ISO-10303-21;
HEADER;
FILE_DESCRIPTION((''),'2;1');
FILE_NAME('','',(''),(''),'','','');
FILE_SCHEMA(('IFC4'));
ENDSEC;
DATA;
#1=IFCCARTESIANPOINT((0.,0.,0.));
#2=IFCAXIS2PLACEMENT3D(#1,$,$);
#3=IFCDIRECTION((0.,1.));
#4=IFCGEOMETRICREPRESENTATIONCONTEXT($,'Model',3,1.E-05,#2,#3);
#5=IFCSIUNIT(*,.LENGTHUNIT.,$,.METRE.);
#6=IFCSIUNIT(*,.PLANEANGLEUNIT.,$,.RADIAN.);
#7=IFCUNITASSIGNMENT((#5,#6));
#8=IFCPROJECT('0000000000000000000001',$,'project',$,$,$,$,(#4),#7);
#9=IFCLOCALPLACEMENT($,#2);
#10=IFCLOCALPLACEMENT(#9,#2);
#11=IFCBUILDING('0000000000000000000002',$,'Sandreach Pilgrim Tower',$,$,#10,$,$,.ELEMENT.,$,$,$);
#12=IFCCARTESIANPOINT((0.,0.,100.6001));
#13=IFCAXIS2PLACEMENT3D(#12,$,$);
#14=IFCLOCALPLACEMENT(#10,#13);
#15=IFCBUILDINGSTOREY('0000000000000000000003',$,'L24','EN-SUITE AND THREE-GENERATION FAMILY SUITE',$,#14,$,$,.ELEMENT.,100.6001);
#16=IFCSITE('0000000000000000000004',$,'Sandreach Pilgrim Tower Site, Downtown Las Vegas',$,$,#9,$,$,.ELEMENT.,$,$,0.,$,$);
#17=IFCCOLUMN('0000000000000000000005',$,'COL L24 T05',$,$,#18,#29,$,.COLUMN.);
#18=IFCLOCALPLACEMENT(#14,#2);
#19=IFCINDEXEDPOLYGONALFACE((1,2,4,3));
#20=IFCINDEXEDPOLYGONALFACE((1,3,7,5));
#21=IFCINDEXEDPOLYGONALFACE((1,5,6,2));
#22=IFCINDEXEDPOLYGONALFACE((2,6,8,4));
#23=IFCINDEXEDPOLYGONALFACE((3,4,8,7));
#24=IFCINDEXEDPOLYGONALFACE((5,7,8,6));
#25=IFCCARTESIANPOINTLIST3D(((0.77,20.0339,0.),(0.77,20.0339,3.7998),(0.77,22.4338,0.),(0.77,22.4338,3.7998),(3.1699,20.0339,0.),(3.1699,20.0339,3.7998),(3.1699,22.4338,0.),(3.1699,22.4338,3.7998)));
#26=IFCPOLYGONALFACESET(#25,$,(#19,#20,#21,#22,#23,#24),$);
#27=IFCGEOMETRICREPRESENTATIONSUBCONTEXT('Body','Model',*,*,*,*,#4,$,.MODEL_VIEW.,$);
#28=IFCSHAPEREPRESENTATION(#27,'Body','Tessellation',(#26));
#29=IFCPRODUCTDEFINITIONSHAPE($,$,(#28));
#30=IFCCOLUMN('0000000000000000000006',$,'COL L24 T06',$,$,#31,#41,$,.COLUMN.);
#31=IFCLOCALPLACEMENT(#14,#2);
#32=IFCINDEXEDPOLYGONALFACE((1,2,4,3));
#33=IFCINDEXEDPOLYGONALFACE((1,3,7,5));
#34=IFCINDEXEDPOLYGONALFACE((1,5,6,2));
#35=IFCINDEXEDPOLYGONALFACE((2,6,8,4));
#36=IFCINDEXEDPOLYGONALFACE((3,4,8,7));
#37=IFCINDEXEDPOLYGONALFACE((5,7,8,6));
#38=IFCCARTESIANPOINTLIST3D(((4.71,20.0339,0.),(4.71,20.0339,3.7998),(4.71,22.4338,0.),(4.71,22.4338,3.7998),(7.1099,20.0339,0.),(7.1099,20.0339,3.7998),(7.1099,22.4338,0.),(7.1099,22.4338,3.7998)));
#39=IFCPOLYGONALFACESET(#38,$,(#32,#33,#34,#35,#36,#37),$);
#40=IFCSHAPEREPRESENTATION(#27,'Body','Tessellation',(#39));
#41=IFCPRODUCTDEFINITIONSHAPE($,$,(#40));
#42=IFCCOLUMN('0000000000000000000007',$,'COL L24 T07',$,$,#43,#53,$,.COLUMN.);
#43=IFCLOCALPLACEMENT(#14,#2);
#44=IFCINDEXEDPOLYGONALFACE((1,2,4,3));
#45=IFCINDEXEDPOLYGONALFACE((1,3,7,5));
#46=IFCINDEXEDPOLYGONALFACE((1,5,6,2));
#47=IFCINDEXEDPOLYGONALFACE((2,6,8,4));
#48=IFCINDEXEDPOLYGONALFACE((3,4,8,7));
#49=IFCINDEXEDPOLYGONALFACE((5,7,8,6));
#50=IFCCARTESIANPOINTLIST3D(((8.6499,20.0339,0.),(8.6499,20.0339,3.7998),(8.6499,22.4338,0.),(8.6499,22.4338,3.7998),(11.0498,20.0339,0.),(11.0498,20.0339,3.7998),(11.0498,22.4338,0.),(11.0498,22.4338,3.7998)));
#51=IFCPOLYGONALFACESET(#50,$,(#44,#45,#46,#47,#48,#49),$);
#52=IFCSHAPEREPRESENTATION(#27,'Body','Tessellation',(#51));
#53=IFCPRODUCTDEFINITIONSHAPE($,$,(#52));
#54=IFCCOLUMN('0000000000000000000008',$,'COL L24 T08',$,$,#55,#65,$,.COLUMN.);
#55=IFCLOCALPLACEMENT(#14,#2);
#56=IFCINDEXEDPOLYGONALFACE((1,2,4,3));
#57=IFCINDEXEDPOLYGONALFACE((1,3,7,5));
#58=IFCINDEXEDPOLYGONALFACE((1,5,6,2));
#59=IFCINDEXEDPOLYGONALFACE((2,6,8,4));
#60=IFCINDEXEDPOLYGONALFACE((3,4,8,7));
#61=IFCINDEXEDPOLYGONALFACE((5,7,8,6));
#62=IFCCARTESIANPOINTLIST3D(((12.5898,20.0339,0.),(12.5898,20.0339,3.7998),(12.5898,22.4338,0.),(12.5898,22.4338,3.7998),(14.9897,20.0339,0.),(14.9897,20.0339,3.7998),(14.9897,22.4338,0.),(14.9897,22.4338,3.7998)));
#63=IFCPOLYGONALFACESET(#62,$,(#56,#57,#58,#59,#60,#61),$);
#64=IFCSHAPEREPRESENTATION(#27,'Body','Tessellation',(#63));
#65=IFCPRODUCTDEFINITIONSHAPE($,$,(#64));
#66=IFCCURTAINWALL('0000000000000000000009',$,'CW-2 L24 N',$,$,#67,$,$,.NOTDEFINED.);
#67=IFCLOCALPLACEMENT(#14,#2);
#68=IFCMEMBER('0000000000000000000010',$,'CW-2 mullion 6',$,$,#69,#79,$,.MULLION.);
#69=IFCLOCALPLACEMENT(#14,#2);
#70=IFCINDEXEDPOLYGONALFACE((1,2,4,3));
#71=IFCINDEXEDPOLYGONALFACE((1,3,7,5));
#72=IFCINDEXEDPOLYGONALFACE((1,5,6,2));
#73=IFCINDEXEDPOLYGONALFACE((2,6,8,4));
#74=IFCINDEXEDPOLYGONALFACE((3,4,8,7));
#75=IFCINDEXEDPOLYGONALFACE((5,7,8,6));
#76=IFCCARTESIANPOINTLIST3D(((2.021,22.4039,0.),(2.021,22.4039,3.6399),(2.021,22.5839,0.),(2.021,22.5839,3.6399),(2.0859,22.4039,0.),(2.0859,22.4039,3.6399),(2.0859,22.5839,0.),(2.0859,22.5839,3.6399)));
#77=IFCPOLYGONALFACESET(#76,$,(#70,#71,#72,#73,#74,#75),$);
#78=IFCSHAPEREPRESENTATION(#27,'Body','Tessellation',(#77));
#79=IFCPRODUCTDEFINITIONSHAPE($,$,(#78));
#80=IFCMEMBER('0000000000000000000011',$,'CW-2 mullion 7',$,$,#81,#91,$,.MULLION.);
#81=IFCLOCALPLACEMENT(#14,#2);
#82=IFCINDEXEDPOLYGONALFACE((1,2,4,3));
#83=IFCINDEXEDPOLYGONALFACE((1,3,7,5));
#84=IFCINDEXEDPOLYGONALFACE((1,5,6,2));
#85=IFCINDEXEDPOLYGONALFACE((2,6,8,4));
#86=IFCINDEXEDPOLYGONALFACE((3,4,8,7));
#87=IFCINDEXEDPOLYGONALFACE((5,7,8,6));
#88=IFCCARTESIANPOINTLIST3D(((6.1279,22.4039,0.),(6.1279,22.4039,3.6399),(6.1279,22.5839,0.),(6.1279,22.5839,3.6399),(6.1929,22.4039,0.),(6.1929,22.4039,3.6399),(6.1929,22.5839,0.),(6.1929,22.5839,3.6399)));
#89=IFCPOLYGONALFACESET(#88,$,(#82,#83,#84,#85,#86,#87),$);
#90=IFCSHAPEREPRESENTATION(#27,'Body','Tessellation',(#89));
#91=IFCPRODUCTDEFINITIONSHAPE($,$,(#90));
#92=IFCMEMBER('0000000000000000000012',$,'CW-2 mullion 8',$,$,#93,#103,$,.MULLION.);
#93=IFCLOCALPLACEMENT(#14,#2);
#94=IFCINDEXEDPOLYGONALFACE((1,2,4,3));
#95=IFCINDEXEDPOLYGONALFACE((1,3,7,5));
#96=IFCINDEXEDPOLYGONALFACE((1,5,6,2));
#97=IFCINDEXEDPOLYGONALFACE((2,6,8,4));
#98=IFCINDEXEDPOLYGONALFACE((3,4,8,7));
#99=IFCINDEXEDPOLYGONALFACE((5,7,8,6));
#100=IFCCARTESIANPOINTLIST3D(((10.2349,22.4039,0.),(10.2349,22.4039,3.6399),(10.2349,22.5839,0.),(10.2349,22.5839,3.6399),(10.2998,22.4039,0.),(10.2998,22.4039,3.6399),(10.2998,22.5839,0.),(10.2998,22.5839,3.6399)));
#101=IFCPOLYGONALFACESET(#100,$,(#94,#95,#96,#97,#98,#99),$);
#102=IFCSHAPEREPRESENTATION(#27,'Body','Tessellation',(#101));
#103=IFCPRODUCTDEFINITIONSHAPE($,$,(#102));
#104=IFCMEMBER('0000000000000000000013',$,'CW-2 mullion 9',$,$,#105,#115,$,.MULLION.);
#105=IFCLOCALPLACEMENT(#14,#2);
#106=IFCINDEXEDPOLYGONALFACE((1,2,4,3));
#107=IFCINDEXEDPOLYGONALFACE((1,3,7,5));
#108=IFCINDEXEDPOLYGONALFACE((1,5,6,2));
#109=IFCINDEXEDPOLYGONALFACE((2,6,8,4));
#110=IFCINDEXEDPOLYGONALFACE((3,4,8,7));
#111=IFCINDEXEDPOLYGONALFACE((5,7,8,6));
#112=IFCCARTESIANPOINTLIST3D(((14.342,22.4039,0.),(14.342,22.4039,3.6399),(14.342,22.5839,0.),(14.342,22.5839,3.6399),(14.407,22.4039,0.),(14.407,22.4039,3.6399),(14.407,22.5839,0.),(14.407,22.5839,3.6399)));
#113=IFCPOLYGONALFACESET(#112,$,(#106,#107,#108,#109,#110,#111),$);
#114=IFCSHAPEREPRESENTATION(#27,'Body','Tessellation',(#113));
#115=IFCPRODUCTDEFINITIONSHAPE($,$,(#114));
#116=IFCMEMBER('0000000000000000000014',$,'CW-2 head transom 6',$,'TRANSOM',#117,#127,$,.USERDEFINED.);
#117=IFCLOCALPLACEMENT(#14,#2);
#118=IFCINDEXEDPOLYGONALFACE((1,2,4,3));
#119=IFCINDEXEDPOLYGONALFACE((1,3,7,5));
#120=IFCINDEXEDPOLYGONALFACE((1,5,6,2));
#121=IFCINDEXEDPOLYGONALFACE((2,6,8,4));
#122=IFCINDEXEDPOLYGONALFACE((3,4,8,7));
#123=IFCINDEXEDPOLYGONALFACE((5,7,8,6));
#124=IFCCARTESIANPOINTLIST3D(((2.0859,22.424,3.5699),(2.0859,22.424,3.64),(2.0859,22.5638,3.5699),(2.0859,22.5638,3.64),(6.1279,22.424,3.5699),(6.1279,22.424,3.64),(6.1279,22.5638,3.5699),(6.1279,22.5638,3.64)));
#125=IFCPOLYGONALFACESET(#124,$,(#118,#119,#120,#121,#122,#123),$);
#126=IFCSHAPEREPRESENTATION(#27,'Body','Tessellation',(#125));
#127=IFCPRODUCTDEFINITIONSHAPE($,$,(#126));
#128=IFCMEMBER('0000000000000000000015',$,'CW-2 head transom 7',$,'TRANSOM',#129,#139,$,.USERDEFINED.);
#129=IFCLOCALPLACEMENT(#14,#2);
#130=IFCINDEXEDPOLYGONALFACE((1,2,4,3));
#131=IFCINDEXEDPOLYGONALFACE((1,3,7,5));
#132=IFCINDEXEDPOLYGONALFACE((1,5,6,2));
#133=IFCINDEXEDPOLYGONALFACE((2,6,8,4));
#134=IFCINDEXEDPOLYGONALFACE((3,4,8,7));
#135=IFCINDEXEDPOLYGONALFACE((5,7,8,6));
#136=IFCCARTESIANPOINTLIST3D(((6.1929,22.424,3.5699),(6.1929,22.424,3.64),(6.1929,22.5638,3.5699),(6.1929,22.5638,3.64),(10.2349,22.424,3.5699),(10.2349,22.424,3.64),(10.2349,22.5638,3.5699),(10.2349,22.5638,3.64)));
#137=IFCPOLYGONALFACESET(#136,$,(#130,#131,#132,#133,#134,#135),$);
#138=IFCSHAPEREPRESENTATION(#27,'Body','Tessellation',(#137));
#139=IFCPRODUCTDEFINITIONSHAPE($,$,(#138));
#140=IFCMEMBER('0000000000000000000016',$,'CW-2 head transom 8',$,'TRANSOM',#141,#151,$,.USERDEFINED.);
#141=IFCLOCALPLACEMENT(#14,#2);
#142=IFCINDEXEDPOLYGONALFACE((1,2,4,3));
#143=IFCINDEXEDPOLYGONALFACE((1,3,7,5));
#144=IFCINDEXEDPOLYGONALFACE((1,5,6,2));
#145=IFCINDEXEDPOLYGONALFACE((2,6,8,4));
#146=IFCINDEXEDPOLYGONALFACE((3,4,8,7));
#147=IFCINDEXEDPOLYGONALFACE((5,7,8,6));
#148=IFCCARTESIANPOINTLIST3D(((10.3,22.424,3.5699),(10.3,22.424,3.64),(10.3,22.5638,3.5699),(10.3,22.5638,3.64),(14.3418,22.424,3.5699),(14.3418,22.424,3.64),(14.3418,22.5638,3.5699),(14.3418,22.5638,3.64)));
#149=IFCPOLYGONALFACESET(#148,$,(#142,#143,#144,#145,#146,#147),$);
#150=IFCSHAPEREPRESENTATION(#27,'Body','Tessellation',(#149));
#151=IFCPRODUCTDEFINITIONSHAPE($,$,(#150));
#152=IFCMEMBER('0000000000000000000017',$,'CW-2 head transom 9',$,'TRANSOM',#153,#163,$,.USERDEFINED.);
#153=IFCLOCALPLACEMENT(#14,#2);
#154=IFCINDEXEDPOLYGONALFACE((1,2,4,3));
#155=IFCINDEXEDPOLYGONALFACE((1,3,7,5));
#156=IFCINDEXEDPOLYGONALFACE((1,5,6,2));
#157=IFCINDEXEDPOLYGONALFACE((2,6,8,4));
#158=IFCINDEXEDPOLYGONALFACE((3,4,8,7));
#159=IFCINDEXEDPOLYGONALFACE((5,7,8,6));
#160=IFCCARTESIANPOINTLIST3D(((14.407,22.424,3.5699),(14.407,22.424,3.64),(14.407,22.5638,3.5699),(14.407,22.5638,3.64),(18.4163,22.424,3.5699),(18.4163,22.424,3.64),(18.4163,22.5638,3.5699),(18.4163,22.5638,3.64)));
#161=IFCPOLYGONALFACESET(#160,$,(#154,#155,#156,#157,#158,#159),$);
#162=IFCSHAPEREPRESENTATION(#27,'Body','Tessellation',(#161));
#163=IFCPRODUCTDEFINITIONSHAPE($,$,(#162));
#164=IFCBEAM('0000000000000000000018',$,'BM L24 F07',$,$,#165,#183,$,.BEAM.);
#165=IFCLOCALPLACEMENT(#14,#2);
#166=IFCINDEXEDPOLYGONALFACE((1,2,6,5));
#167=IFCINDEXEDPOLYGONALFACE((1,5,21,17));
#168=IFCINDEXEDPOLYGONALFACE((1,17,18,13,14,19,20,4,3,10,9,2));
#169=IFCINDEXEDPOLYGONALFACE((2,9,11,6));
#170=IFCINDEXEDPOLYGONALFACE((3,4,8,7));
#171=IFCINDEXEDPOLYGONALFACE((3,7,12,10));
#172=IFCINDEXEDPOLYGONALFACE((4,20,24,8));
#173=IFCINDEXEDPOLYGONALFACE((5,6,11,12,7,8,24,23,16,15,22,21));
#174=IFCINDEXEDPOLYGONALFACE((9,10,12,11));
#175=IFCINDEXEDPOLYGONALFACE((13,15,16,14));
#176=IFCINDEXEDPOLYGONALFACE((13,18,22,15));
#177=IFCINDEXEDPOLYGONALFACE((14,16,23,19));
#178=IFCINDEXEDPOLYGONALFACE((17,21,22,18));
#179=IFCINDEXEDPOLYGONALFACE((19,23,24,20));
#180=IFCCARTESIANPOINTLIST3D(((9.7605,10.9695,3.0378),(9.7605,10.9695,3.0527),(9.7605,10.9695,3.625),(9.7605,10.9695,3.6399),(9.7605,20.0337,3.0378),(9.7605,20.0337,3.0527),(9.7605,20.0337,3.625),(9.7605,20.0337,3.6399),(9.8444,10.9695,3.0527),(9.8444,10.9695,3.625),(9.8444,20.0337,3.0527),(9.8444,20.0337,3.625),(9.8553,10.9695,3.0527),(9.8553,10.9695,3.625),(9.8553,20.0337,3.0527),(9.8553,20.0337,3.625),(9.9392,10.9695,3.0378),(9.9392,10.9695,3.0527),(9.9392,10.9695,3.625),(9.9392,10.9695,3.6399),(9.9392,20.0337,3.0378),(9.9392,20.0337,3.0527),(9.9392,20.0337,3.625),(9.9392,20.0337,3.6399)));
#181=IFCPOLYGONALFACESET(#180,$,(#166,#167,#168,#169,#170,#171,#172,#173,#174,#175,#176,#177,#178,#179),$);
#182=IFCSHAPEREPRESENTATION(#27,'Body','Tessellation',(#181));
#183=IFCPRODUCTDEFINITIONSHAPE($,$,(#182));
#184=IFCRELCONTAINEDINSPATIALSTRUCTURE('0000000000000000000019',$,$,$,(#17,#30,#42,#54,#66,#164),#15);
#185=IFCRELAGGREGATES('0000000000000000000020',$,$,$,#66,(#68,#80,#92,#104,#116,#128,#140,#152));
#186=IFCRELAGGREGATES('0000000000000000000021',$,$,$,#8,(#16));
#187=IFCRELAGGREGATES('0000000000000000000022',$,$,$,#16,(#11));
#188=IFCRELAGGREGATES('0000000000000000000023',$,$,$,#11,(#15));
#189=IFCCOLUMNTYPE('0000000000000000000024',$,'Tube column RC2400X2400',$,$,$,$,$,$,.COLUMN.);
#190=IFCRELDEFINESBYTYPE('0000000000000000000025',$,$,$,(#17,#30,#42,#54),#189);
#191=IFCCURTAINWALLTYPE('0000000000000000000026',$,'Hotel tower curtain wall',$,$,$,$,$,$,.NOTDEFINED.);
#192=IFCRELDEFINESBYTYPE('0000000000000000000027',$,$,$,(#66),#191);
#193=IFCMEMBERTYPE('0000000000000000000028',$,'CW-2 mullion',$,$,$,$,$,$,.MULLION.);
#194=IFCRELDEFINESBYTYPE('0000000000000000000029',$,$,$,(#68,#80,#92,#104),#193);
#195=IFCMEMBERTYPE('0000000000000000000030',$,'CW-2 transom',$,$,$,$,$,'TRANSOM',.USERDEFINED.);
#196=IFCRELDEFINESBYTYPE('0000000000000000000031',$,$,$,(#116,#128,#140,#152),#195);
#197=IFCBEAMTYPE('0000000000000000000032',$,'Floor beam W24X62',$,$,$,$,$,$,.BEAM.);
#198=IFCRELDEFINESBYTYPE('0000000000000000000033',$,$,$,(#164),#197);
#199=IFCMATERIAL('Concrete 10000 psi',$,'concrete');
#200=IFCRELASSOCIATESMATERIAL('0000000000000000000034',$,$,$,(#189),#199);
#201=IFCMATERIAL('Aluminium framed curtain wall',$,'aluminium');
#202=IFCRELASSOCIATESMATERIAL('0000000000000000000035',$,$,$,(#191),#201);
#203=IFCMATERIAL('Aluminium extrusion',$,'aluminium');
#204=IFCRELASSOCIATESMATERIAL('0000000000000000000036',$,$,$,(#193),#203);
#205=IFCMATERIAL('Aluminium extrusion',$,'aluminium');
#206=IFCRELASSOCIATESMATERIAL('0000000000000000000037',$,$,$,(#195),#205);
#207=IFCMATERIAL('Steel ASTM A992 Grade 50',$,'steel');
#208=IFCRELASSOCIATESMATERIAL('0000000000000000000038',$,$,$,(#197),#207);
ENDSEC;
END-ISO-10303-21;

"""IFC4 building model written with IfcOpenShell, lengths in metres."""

from ifc_helpers import new_model, si_unit, direction, frame, origin, origin_2d, place, context, subcontext, project, spatial, rectangle, i_section, extrude, material, material_profile, profile_set, type_object, element, aggregate, save


model = new_model("IFC4")

# Units and contexts
model_context = context("Model", 3, precision=1e-05, world=origin(), true_north=direction((0.0, 1.0)))
body_context = subcontext(model_context, "Body", "Model", "MODEL_VIEW")
ifc_project = project(units=[si_unit("LENGTHUNIT", "METRE"), si_unit("PLANEANGLEUNIT", "RADIAN")], contexts=[model_context])

# Site, building, storey
site_placement = place(None, origin())
site = spatial("IfcSite", under=ifc_project, at=site_placement, Name="Sandreach Pilgrim Tower Site, Downtown Las Vegas", CompositionType="ELEMENT", RefElevation=0.0)
building_placement = place(site_placement, origin())
building = spatial("IfcBuilding", under=site, at=building_placement, Name="Sandreach Pilgrim Tower", CompositionType="ELEMENT")
storey_placement = place(building_placement, frame((0.0, 0.0, 100.6001)))
storey = spatial("IfcBuildingStorey", under=building, at=storey_placement, Name="L24", Description="EN-SUITE AND THREE-GENERATION FAMILY SUITE", CompositionType="ELEMENT", Elevation=100.6001)

# Columns
ifc_material_1 = material(Name="Concrete 10000 psi", Category="concrete")
ifc_material_profile_1 = material_profile(ifc_material_1, rectangle(XDim=2.3999, YDim=2.3999, at=origin_2d()), Name="RC2400X2400")
ifc_profile_set_1 = profile_set([ifc_material_profile_1], Name="Concrete 10000 psi")
column_type = type_object("IfcColumnType", Name="Tube column RC2400X2400", PredefinedType="COLUMN", material=ifc_profile_set_1)
for number, where, z_axis, x_axis, name in (
    (1, (1.97, 21.2339, 0.0), (0.0, 0.0, 1.0), (0.0, 1.0, 0.0), "COL L24 T05"),
    (2, (5.9099, 21.2339, 0.0), (0.0, 0.0, 1.0), (0.0, 1.0, 0.0), "COL L24 T06"),
    (3, (9.8499, 21.2339, 0.0), (0.0, 0.0, 1.0), (0.0, 1.0, 0.0), "COL L24 T07"),
    (4, (13.7898, 21.2339, 0.0), (0.0, 0.0, 1.0), (0.0, 1.0, 0.0), "COL L24 T08"),
):
    element("IfcColumn", number, at=place(storey_placement, frame(where, z_axis=z_axis, x_axis=x_axis)), inside=storey, type_object=column_type, Name=name, PredefinedType="COLUMN", context=body_context, shape_type="SweptSolid", body=[
        extrude(rectangle(XDim=2.3999, YDim=2.3999, at=origin_2d()), origin(), (0.0, 0.0, 1.0), 3.7998),
    ])

# Curtain wall, members
ifc_material_2 = material(Name="Aluminium framed curtain wall", Category="aluminium")
curtain_wall_type = type_object("IfcCurtainWallType", Name="Hotel tower curtain wall", PredefinedType="NOTDEFINED", material=ifc_material_2)
curtain_wall_placement = place(storey_placement, origin())
curtain_wall = element("IfcCurtainWall", 5, at=curtain_wall_placement, inside=storey, type_object=curtain_wall_type, Name="CW-2 L24 N", PredefinedType="NOTDEFINED")
ifc_material_3 = material(Name="Aluminium extrusion", Category="aluminium")
ifc_material_profile_2 = material_profile(ifc_material_3, rectangle(XDim=0.0649, YDim=0.1799, at=origin_2d()), Name="CW-2M 65X180")
ifc_profile_set_2 = profile_set([ifc_material_profile_2], Name="Aluminium extrusion")
member_type_1 = type_object("IfcMemberType", Name="CW-2 mullion", PredefinedType="MULLION", material=ifc_profile_set_2)
member_1_placement = place(storey_placement, frame((2.0535, 22.4939, 0.0), z_axis=(0.0, 0.0, 1.0), x_axis=(1.0, 0.0, 0.0)))
member_1 = element("IfcMember", 6, at=member_1_placement, type_object=member_type_1, Name="CW-2 mullion 6", PredefinedType="MULLION", context=body_context, shape_type="SweptSolid", body=[
    extrude(rectangle(XDim=0.0649, YDim=0.1799, at=origin_2d()), origin(), (0.0, 0.0, 1.0), 3.6399),
])
member_2_placement = place(storey_placement, frame((6.1604, 22.4939, 0.0), z_axis=(0.0, 0.0, 1.0), x_axis=(1.0, 0.0, 0.0)))
member_2 = element("IfcMember", 7, at=member_2_placement, type_object=member_type_1, Name="CW-2 mullion 7", PredefinedType="MULLION", context=body_context, shape_type="SweptSolid", body=[
    extrude(rectangle(XDim=0.0649, YDim=0.1799, at=origin_2d()), origin(), (0.0, 0.0, 1.0), 3.6399),
])
member_3_placement = place(storey_placement, frame((10.2673, 22.4939, 0.0), z_axis=(0.0, 0.0, 1.0), x_axis=(1.0, 0.0, 0.0)))
member_3 = element("IfcMember", 8, at=member_3_placement, type_object=member_type_1, Name="CW-2 mullion 8", PredefinedType="MULLION", context=body_context, shape_type="SweptSolid", body=[
    extrude(rectangle(XDim=0.0649, YDim=0.1799, at=origin_2d()), origin(), (0.0, 0.0, 1.0), 3.6399),
])
member_4_placement = place(storey_placement, frame((14.3745, 22.4939, 0.0), z_axis=(0.0, 0.0, 1.0), x_axis=(1.0, 0.0, 0.0)))
member_4 = element("IfcMember", 9, at=member_4_placement, type_object=member_type_1, Name="CW-2 mullion 9", PredefinedType="MULLION", context=body_context, shape_type="SweptSolid", body=[
    extrude(rectangle(XDim=0.0649, YDim=0.1799, at=origin_2d()), origin(), (0.0, 0.0, 1.0), 3.6399),
])
ifc_material_4 = material(Name="Aluminium extrusion", Category="aluminium")
ifc_material_profile_3 = material_profile(ifc_material_4, rectangle(XDim=0.1399, YDim=0.0701, at=origin_2d()), Name="CW-2T 140X70")
ifc_profile_set_3 = profile_set([ifc_material_profile_3], Name="Aluminium extrusion")
member_type_2 = type_object("IfcMemberType", Name="CW-2 transom", ElementType="TRANSOM", PredefinedType="USERDEFINED", material=ifc_profile_set_3)
member_5_placement = place(storey_placement, frame((2.0859, 22.4939, 3.605), z_axis=(1.0, 0.0, 0.0), x_axis=(0.0, 1.0, 0.0)))
member_5 = element("IfcMember", 10, at=member_5_placement, type_object=member_type_2, Name="CW-2 head transom 6", ObjectType="TRANSOM", PredefinedType="USERDEFINED", context=body_context, shape_type="SweptSolid", body=[
    extrude(rectangle(XDim=0.1399, YDim=0.0701, at=origin_2d()), origin(), (0.0, 0.0, 1.0), 4.042),
])
member_6_placement = place(storey_placement, frame((6.1929, 22.4939, 3.605), z_axis=(1.0, 0.0, 0.0), x_axis=(0.0, 1.0, 0.0)))
member_6 = element("IfcMember", 11, at=member_6_placement, type_object=member_type_2, Name="CW-2 head transom 7", ObjectType="TRANSOM", PredefinedType="USERDEFINED", context=body_context, shape_type="SweptSolid", body=[
    extrude(rectangle(XDim=0.1399, YDim=0.0701, at=origin_2d()), origin(), (0.0, 0.0, 1.0), 4.042),
])
member_7_placement = place(storey_placement, frame((10.3, 22.4939, 3.605), z_axis=(1.0, 0.0, 0.0), x_axis=(0.0, 1.0, 0.0)))
member_7 = element("IfcMember", 12, at=member_7_placement, type_object=member_type_2, Name="CW-2 head transom 8", ObjectType="TRANSOM", PredefinedType="USERDEFINED", context=body_context, shape_type="SweptSolid", body=[
    extrude(rectangle(XDim=0.1399, YDim=0.0701, at=origin_2d()), origin(), (0.0, 0.0, 1.0), 4.0417),
])
member_8_placement = place(storey_placement, frame((14.407, 22.4939, 3.605), z_axis=(1.0, 0.0, 0.0), x_axis=(0.0, 1.0, 0.0)))
member_8 = element("IfcMember", 13, at=member_8_placement, type_object=member_type_2, Name="CW-2 head transom 9", ObjectType="TRANSOM", PredefinedType="USERDEFINED", context=body_context, shape_type="SweptSolid", body=[
    extrude(rectangle(XDim=0.1399, YDim=0.0701, at=origin_2d()), origin(), (0.0, 0.0, 1.0), 4.0093),
])

# Beam
ifc_material_5 = material(Name="Steel ASTM A992 Grade 50", Category="steel")
ifc_material_profile_4 = material_profile(ifc_material_5, i_section(OverallWidth=0.1787, OverallDepth=0.6021, WebThickness=0.011, FlangeThickness=0.0149, at=origin_2d()), Name="W24X62")
ifc_profile_set_4 = profile_set([ifc_material_profile_4], Name="Steel ASTM A992 Grade 50")
beam_type_1 = type_object("IfcBeamType", Name="Floor beam W24X62", PredefinedType="BEAM", material=ifc_profile_set_4)
beam_1_placement = place(storey_placement, frame((9.8499, 20.0337, 3.3389), z_axis=(0.0, -1.0, 0.0), x_axis=(1.0, 0.0, 0.0)))
element("IfcBeam", 14, at=beam_1_placement, inside=storey, type_object=beam_type_1, Name="BM L24 F07", PredefinedType="BEAM", context=body_context, shape_type="SweptSolid", body=[
    extrude(i_section(OverallWidth=0.1787, OverallDepth=0.6021, WebThickness=0.011, FlangeThickness=0.0149, at=origin_2d()), origin(), (0.0, 0.0, 1.0), 9.0642),
])

aggregate(curtain_wall, [member_1, member_2, member_3, member_4, member_5, member_6, member_7, member_8])

save(model, "model.ifc")
